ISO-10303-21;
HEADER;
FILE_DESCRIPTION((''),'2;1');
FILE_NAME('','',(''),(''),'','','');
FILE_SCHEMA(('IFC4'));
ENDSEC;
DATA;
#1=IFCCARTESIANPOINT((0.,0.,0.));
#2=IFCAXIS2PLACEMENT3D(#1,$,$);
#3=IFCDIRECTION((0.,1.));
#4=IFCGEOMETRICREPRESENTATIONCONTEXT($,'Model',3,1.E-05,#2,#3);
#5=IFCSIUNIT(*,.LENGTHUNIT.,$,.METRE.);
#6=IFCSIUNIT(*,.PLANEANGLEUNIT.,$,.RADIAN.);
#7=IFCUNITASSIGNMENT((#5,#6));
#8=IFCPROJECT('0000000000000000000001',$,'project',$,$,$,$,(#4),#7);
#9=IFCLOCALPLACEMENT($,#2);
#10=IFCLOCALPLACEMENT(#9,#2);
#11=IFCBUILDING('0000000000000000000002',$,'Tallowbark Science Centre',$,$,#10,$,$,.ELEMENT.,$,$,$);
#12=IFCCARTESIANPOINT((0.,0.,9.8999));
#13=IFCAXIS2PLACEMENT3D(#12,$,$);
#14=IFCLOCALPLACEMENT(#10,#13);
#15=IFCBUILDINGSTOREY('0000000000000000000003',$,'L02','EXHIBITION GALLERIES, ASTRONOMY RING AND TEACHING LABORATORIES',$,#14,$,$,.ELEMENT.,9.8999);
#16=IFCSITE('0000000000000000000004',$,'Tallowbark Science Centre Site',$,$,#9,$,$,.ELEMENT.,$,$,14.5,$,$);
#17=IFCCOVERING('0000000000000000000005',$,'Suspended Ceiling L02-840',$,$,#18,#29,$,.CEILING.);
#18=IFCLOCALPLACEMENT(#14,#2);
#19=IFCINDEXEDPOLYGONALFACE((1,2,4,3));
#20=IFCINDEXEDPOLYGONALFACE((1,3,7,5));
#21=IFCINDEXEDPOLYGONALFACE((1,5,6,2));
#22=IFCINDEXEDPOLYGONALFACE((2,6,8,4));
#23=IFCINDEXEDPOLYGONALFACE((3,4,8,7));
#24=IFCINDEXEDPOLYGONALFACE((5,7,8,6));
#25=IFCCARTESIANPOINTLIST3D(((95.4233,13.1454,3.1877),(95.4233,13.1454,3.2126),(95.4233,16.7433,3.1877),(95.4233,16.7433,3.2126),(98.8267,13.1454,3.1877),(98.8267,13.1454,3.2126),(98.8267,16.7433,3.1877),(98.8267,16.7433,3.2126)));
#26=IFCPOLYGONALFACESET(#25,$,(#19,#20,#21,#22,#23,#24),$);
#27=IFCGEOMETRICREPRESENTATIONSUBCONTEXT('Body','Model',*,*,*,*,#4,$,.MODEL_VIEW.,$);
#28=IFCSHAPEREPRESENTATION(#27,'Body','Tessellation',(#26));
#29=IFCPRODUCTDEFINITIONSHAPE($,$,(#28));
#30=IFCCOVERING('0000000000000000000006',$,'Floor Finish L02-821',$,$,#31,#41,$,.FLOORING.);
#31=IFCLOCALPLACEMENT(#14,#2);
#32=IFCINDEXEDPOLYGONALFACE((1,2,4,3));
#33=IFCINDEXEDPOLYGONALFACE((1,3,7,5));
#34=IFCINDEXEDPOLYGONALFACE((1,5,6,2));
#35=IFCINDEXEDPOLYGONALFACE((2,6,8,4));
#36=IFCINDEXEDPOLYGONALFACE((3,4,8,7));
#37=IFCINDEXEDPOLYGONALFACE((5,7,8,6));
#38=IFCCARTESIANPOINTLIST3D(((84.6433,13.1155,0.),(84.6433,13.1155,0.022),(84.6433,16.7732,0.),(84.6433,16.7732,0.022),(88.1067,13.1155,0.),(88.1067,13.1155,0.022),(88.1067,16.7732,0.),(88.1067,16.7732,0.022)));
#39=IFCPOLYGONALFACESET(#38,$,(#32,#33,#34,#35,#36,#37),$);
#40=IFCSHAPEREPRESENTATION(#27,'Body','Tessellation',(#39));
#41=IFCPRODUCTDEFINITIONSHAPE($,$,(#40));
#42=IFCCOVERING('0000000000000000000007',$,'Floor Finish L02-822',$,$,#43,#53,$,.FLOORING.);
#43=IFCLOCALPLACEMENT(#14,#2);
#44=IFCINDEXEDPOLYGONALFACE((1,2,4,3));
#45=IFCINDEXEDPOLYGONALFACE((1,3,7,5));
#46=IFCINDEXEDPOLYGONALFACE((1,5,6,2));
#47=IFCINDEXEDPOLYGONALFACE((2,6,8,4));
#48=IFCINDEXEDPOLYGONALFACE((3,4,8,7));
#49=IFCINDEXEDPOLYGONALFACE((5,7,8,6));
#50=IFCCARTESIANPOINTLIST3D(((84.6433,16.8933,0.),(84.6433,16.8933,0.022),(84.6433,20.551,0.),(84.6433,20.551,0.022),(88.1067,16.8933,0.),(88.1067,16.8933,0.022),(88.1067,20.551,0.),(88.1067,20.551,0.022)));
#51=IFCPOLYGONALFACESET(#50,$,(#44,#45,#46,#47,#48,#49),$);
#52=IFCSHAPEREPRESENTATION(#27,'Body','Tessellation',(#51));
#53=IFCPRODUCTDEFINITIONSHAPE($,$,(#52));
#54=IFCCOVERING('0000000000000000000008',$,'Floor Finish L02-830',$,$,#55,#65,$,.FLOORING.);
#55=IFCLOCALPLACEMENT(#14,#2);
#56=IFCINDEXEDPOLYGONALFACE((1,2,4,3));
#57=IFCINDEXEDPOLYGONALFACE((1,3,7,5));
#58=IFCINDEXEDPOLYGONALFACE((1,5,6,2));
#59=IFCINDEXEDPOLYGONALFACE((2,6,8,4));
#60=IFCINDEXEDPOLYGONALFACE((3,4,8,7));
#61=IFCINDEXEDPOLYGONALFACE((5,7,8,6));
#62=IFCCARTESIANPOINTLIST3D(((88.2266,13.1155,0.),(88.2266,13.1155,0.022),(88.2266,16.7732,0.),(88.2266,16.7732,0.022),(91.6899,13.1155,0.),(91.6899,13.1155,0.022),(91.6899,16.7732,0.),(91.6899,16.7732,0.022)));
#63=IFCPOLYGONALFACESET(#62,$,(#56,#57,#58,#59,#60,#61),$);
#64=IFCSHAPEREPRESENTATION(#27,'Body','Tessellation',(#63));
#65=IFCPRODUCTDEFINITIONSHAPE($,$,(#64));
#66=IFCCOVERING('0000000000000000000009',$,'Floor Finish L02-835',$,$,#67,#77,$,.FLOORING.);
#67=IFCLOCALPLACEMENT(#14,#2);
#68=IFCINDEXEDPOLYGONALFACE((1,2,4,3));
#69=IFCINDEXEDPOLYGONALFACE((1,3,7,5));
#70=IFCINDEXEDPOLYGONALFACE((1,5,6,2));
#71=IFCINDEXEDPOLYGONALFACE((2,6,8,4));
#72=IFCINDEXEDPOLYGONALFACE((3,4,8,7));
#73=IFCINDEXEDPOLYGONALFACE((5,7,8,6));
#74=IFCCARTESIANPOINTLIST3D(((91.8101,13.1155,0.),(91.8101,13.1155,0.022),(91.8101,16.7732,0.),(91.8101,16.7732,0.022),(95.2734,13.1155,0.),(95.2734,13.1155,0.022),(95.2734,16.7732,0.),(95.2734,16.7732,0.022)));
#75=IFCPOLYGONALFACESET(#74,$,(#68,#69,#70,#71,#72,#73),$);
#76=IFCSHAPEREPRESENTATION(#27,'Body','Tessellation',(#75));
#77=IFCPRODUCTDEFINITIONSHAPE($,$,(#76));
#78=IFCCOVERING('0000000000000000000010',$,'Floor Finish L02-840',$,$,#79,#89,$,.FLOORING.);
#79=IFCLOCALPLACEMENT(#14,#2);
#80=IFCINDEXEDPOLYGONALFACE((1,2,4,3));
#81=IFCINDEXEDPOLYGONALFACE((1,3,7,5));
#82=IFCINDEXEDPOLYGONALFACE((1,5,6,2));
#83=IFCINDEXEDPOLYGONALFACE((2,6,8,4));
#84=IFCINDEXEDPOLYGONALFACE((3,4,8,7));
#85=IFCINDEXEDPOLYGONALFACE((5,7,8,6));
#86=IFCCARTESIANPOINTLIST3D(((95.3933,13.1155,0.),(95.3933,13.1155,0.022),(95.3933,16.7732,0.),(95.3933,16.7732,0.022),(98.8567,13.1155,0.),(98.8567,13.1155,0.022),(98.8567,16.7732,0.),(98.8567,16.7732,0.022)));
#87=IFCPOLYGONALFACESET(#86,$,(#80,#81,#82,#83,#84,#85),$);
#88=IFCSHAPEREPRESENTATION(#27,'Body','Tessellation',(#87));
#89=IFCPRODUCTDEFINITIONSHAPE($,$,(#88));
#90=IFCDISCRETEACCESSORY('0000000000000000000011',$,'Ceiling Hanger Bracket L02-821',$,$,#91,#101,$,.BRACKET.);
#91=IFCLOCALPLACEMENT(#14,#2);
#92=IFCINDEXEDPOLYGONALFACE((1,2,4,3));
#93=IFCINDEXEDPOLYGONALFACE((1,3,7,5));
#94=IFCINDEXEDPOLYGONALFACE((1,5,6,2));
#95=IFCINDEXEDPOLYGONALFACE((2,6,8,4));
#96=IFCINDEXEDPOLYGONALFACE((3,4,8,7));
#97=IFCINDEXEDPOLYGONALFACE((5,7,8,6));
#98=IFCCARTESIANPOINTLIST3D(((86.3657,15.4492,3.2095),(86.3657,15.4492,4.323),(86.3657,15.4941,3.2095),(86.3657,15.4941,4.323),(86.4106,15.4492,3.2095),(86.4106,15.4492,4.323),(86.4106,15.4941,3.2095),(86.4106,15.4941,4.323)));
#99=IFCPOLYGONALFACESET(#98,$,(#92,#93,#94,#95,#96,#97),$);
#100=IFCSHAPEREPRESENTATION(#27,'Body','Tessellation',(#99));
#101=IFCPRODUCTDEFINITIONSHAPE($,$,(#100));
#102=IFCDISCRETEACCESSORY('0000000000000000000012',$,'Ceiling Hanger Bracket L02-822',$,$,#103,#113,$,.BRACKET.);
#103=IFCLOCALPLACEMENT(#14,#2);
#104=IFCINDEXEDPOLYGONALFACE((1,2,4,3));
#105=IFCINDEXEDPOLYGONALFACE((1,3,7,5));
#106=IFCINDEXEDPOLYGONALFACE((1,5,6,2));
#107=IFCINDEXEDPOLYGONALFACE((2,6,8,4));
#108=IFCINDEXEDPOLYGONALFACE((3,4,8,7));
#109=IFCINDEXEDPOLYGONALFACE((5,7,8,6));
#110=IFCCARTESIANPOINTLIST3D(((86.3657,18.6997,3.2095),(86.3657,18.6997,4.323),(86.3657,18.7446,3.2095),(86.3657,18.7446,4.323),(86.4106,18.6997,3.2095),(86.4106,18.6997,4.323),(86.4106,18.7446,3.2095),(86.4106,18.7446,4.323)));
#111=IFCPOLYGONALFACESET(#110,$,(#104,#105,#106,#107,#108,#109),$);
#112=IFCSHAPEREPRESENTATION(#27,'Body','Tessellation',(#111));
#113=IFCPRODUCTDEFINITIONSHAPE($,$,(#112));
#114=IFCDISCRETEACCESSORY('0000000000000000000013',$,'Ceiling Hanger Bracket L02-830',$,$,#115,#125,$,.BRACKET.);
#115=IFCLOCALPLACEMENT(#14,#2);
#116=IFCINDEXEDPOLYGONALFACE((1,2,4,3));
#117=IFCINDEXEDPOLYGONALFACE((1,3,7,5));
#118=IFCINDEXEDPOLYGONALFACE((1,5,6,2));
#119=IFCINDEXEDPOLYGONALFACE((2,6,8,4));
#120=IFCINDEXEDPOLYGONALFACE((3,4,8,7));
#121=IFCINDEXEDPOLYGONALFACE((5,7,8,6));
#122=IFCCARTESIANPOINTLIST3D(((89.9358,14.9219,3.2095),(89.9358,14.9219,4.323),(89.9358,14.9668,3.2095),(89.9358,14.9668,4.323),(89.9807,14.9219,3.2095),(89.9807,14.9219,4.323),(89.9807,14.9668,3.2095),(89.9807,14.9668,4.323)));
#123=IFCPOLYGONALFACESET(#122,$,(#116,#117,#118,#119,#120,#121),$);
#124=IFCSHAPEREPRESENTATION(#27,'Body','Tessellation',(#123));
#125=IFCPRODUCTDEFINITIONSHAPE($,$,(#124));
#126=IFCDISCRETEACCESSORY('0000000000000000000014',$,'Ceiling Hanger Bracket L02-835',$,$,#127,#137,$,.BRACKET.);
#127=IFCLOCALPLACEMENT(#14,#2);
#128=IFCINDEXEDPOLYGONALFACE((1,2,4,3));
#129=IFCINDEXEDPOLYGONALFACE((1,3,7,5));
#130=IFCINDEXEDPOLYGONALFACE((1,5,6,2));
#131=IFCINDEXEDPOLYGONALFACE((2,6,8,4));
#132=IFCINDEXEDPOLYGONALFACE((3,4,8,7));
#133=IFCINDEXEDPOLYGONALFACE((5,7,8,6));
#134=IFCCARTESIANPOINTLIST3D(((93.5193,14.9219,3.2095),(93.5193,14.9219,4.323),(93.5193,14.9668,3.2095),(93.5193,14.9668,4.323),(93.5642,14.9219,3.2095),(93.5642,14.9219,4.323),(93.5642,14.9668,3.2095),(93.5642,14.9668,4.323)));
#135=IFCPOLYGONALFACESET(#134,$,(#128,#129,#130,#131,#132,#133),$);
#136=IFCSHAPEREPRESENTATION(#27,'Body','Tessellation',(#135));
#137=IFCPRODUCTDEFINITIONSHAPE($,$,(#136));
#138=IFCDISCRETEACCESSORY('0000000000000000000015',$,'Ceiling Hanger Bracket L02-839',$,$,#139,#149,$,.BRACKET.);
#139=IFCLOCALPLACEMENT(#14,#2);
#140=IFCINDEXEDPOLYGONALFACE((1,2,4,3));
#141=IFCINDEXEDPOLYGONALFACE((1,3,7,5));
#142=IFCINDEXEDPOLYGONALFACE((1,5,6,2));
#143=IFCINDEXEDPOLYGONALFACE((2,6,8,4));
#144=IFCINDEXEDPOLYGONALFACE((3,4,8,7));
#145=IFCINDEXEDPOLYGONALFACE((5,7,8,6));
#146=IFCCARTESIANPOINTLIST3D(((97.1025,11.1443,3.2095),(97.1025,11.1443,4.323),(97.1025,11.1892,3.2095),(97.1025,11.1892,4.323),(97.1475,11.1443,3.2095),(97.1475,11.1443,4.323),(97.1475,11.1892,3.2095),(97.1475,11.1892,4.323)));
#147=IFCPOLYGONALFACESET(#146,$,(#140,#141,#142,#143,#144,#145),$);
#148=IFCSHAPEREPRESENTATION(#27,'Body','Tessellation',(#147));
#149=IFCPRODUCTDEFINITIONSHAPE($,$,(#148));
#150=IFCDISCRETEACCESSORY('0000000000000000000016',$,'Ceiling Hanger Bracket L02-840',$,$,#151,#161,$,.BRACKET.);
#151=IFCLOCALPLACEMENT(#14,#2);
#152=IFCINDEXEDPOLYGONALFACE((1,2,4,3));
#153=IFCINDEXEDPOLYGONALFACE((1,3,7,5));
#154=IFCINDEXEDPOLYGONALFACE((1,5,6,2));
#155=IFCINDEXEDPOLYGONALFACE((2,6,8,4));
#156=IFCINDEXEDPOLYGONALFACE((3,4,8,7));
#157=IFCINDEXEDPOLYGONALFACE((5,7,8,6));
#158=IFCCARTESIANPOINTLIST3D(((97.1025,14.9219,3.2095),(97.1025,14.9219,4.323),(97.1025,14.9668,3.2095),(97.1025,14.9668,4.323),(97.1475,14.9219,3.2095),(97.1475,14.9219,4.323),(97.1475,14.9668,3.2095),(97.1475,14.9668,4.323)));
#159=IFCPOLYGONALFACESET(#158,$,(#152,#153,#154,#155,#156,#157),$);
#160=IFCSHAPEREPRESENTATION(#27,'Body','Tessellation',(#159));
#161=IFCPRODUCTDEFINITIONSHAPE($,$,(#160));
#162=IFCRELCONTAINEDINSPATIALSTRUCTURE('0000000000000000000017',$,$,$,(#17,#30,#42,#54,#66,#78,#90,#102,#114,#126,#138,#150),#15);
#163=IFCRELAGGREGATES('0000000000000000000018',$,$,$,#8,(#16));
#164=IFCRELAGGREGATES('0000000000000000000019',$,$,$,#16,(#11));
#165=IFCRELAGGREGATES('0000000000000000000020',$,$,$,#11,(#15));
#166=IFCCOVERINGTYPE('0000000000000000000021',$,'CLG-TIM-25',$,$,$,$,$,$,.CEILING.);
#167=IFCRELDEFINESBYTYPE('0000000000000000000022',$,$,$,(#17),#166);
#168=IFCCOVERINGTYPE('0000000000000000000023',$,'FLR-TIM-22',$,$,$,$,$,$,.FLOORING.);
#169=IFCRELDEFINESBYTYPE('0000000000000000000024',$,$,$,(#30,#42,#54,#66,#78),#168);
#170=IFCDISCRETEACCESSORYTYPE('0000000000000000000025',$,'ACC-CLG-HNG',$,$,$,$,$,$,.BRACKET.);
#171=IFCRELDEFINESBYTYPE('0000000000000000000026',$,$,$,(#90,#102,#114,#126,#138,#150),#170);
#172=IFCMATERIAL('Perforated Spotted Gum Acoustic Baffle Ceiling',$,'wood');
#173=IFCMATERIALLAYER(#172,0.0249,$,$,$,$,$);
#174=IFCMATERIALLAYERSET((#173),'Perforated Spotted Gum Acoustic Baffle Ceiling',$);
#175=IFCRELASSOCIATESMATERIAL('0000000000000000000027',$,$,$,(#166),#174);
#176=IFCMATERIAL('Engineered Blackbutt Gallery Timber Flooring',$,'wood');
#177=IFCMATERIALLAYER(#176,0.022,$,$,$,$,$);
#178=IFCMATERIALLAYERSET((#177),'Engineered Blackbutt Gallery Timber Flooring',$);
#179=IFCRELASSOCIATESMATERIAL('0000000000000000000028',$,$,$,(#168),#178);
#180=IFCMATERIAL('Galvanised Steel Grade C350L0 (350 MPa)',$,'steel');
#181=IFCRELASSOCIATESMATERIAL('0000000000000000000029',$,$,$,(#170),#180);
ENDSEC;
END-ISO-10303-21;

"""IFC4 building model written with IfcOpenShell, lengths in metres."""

from ifc_helpers import new_model, si_unit, direction, frame, origin, origin_2d, place, context, subcontext, project, spatial, rectangle, extrude, material, layer, layer_set, type_object, element, save


model = new_model("IFC4")

# Units and contexts
model_context = context("Model", 3, precision=1e-05, world=origin(), true_north=direction((0.0, 1.0)))
body_context = subcontext(model_context, "Body", "Model", "MODEL_VIEW")
ifc_project = project(units=[si_unit("LENGTHUNIT", "METRE"), si_unit("PLANEANGLEUNIT", "RADIAN")], contexts=[model_context])

# Site, building, storey
site_placement = place(None, origin())
site = spatial("IfcSite", under=ifc_project, at=site_placement, Name="Tallowbark Science Centre Site", CompositionType="ELEMENT", RefElevation=14.5)
building_placement = place(site_placement, origin())
building = spatial("IfcBuilding", under=site, at=building_placement, Name="Tallowbark Science Centre", CompositionType="ELEMENT")
storey_placement = place(building_placement, frame((0.0, 0.0, 9.8999)))
storey = spatial("IfcBuildingStorey", under=building, at=storey_placement, Name="L02", Description="EXHIBITION GALLERIES, ASTRONOMY RING AND TEACHING LABORATORIES", CompositionType="ELEMENT", Elevation=9.8999)

# Coverings
ifc_material_1 = material(Name="Perforated Spotted Gum Acoustic Baffle Ceiling", Category="wood")
ifc_layer_1 = layer(ifc_material_1, 0.0249)
ifc_layer_set_1 = layer_set([ifc_layer_1], Name="Perforated Spotted Gum Acoustic Baffle Ceiling")
covering_type_1 = type_object("IfcCoveringType", Name="CLG-TIM-25", PredefinedType="CEILING", material=ifc_layer_set_1)
for number, where, z_axis, x_axis, name in (
    (1, (97.125, 14.9443, 3.1877), (0.0, 0.0, 1.0), (1.0, 0.0, 0.0), "Suspended Ceiling L02-840"),
):
    element("IfcCovering", number, at=place(storey_placement, frame(where, z_axis=z_axis, x_axis=x_axis)), inside=storey, type_object=covering_type_1, Name=name, PredefinedType="CEILING", context=body_context, shape_type="SweptSolid", body=[
        extrude(rectangle(XDim=3.4033, YDim=3.5979, at=origin_2d()), origin(), (0.0, 0.0, 1.0), 0.0249),
    ])
ifc_material_2 = material(Name="Engineered Blackbutt Gallery Timber Flooring", Category="wood")
ifc_layer_2 = layer(ifc_material_2, 0.022)
ifc_layer_set_2 = layer_set([ifc_layer_2], Name="Engineered Blackbutt Gallery Timber Flooring")
covering_type_2 = type_object("IfcCoveringType", Name="FLR-TIM-22", PredefinedType="FLOORING", material=ifc_layer_set_2)
for number, where, z_axis, x_axis, name in (
    (2, (86.375, 14.9443, 0.0), (0.0, 0.0, 1.0), (1.0, 0.0, 0.0), "Floor Finish L02-821"),
    (3, (86.375, 18.7222, 0.0), (0.0, 0.0, 1.0), (1.0, 0.0, 0.0), "Floor Finish L02-822"),
    (4, (89.9583, 14.9443, 0.0), (0.0, 0.0, 1.0), (1.0, 0.0, 0.0), "Floor Finish L02-830"),
    (5, (93.5417, 14.9443, 0.0), (0.0, 0.0, 1.0), (1.0, 0.0, 0.0), "Floor Finish L02-835"),
    (6, (97.125, 14.9443, 0.0), (0.0, 0.0, 1.0), (1.0, 0.0, 0.0), "Floor Finish L02-840"),
):
    element("IfcCovering", number, at=place(storey_placement, frame(where, z_axis=z_axis, x_axis=x_axis)), inside=storey, type_object=covering_type_2, Name=name, PredefinedType="FLOORING", context=body_context, shape_type="SweptSolid", body=[
        extrude(rectangle(XDim=3.4634, YDim=3.6577, at=origin_2d()), origin(), (0.0, 0.0, 1.0), 0.022),
    ])

# Discrete accessories
ifc_material_3 = material(Name="Galvanised Steel Grade C350L0 (350 MPa)", Category="steel")
discrete_accessory_type = type_object("IfcDiscreteAccessoryType", Name="ACC-CLG-HNG", PredefinedType="BRACKET", material=ifc_material_3)
for number, where, z_axis, x_axis, name in (
    (7, (86.3882, 15.4717, 3.2095), (0.0, 0.0, 1.0), (1.0, 0.0, 0.0), "Ceiling Hanger Bracket L02-821"),
    (8, (86.3882, 18.7222, 3.2095), (0.0, 0.0, 1.0), (1.0, 0.0, 0.0), "Ceiling Hanger Bracket L02-822"),
    (9, (89.9583, 14.9443, 3.2095), (0.0, 0.0, 1.0), (1.0, 0.0, 0.0), "Ceiling Hanger Bracket L02-830"),
    (10, (93.5417, 14.9443, 3.2095), (0.0, 0.0, 1.0), (1.0, 0.0, 0.0), "Ceiling Hanger Bracket L02-835"),
    (11, (97.125, 11.1667, 3.2095), (0.0, 0.0, 1.0), (1.0, 0.0, 0.0), "Ceiling Hanger Bracket L02-839"),
    (12, (97.125, 14.9443, 3.2095), (0.0, 0.0, 1.0), (1.0, 0.0, 0.0), "Ceiling Hanger Bracket L02-840"),
):
    element("IfcDiscreteAccessory", number, at=place(storey_placement, frame(where, z_axis=z_axis, x_axis=x_axis)), inside=storey, type_object=discrete_accessory_type, Name=name, PredefinedType="BRACKET", context=body_context, shape_type="SweptSolid", body=[
        extrude(rectangle(XDim=0.0449, YDim=0.0449, at=origin_2d()), origin(), (0.0, 0.0, 1.0), 1.1135),
    ])

save(model, "model.ifc")
